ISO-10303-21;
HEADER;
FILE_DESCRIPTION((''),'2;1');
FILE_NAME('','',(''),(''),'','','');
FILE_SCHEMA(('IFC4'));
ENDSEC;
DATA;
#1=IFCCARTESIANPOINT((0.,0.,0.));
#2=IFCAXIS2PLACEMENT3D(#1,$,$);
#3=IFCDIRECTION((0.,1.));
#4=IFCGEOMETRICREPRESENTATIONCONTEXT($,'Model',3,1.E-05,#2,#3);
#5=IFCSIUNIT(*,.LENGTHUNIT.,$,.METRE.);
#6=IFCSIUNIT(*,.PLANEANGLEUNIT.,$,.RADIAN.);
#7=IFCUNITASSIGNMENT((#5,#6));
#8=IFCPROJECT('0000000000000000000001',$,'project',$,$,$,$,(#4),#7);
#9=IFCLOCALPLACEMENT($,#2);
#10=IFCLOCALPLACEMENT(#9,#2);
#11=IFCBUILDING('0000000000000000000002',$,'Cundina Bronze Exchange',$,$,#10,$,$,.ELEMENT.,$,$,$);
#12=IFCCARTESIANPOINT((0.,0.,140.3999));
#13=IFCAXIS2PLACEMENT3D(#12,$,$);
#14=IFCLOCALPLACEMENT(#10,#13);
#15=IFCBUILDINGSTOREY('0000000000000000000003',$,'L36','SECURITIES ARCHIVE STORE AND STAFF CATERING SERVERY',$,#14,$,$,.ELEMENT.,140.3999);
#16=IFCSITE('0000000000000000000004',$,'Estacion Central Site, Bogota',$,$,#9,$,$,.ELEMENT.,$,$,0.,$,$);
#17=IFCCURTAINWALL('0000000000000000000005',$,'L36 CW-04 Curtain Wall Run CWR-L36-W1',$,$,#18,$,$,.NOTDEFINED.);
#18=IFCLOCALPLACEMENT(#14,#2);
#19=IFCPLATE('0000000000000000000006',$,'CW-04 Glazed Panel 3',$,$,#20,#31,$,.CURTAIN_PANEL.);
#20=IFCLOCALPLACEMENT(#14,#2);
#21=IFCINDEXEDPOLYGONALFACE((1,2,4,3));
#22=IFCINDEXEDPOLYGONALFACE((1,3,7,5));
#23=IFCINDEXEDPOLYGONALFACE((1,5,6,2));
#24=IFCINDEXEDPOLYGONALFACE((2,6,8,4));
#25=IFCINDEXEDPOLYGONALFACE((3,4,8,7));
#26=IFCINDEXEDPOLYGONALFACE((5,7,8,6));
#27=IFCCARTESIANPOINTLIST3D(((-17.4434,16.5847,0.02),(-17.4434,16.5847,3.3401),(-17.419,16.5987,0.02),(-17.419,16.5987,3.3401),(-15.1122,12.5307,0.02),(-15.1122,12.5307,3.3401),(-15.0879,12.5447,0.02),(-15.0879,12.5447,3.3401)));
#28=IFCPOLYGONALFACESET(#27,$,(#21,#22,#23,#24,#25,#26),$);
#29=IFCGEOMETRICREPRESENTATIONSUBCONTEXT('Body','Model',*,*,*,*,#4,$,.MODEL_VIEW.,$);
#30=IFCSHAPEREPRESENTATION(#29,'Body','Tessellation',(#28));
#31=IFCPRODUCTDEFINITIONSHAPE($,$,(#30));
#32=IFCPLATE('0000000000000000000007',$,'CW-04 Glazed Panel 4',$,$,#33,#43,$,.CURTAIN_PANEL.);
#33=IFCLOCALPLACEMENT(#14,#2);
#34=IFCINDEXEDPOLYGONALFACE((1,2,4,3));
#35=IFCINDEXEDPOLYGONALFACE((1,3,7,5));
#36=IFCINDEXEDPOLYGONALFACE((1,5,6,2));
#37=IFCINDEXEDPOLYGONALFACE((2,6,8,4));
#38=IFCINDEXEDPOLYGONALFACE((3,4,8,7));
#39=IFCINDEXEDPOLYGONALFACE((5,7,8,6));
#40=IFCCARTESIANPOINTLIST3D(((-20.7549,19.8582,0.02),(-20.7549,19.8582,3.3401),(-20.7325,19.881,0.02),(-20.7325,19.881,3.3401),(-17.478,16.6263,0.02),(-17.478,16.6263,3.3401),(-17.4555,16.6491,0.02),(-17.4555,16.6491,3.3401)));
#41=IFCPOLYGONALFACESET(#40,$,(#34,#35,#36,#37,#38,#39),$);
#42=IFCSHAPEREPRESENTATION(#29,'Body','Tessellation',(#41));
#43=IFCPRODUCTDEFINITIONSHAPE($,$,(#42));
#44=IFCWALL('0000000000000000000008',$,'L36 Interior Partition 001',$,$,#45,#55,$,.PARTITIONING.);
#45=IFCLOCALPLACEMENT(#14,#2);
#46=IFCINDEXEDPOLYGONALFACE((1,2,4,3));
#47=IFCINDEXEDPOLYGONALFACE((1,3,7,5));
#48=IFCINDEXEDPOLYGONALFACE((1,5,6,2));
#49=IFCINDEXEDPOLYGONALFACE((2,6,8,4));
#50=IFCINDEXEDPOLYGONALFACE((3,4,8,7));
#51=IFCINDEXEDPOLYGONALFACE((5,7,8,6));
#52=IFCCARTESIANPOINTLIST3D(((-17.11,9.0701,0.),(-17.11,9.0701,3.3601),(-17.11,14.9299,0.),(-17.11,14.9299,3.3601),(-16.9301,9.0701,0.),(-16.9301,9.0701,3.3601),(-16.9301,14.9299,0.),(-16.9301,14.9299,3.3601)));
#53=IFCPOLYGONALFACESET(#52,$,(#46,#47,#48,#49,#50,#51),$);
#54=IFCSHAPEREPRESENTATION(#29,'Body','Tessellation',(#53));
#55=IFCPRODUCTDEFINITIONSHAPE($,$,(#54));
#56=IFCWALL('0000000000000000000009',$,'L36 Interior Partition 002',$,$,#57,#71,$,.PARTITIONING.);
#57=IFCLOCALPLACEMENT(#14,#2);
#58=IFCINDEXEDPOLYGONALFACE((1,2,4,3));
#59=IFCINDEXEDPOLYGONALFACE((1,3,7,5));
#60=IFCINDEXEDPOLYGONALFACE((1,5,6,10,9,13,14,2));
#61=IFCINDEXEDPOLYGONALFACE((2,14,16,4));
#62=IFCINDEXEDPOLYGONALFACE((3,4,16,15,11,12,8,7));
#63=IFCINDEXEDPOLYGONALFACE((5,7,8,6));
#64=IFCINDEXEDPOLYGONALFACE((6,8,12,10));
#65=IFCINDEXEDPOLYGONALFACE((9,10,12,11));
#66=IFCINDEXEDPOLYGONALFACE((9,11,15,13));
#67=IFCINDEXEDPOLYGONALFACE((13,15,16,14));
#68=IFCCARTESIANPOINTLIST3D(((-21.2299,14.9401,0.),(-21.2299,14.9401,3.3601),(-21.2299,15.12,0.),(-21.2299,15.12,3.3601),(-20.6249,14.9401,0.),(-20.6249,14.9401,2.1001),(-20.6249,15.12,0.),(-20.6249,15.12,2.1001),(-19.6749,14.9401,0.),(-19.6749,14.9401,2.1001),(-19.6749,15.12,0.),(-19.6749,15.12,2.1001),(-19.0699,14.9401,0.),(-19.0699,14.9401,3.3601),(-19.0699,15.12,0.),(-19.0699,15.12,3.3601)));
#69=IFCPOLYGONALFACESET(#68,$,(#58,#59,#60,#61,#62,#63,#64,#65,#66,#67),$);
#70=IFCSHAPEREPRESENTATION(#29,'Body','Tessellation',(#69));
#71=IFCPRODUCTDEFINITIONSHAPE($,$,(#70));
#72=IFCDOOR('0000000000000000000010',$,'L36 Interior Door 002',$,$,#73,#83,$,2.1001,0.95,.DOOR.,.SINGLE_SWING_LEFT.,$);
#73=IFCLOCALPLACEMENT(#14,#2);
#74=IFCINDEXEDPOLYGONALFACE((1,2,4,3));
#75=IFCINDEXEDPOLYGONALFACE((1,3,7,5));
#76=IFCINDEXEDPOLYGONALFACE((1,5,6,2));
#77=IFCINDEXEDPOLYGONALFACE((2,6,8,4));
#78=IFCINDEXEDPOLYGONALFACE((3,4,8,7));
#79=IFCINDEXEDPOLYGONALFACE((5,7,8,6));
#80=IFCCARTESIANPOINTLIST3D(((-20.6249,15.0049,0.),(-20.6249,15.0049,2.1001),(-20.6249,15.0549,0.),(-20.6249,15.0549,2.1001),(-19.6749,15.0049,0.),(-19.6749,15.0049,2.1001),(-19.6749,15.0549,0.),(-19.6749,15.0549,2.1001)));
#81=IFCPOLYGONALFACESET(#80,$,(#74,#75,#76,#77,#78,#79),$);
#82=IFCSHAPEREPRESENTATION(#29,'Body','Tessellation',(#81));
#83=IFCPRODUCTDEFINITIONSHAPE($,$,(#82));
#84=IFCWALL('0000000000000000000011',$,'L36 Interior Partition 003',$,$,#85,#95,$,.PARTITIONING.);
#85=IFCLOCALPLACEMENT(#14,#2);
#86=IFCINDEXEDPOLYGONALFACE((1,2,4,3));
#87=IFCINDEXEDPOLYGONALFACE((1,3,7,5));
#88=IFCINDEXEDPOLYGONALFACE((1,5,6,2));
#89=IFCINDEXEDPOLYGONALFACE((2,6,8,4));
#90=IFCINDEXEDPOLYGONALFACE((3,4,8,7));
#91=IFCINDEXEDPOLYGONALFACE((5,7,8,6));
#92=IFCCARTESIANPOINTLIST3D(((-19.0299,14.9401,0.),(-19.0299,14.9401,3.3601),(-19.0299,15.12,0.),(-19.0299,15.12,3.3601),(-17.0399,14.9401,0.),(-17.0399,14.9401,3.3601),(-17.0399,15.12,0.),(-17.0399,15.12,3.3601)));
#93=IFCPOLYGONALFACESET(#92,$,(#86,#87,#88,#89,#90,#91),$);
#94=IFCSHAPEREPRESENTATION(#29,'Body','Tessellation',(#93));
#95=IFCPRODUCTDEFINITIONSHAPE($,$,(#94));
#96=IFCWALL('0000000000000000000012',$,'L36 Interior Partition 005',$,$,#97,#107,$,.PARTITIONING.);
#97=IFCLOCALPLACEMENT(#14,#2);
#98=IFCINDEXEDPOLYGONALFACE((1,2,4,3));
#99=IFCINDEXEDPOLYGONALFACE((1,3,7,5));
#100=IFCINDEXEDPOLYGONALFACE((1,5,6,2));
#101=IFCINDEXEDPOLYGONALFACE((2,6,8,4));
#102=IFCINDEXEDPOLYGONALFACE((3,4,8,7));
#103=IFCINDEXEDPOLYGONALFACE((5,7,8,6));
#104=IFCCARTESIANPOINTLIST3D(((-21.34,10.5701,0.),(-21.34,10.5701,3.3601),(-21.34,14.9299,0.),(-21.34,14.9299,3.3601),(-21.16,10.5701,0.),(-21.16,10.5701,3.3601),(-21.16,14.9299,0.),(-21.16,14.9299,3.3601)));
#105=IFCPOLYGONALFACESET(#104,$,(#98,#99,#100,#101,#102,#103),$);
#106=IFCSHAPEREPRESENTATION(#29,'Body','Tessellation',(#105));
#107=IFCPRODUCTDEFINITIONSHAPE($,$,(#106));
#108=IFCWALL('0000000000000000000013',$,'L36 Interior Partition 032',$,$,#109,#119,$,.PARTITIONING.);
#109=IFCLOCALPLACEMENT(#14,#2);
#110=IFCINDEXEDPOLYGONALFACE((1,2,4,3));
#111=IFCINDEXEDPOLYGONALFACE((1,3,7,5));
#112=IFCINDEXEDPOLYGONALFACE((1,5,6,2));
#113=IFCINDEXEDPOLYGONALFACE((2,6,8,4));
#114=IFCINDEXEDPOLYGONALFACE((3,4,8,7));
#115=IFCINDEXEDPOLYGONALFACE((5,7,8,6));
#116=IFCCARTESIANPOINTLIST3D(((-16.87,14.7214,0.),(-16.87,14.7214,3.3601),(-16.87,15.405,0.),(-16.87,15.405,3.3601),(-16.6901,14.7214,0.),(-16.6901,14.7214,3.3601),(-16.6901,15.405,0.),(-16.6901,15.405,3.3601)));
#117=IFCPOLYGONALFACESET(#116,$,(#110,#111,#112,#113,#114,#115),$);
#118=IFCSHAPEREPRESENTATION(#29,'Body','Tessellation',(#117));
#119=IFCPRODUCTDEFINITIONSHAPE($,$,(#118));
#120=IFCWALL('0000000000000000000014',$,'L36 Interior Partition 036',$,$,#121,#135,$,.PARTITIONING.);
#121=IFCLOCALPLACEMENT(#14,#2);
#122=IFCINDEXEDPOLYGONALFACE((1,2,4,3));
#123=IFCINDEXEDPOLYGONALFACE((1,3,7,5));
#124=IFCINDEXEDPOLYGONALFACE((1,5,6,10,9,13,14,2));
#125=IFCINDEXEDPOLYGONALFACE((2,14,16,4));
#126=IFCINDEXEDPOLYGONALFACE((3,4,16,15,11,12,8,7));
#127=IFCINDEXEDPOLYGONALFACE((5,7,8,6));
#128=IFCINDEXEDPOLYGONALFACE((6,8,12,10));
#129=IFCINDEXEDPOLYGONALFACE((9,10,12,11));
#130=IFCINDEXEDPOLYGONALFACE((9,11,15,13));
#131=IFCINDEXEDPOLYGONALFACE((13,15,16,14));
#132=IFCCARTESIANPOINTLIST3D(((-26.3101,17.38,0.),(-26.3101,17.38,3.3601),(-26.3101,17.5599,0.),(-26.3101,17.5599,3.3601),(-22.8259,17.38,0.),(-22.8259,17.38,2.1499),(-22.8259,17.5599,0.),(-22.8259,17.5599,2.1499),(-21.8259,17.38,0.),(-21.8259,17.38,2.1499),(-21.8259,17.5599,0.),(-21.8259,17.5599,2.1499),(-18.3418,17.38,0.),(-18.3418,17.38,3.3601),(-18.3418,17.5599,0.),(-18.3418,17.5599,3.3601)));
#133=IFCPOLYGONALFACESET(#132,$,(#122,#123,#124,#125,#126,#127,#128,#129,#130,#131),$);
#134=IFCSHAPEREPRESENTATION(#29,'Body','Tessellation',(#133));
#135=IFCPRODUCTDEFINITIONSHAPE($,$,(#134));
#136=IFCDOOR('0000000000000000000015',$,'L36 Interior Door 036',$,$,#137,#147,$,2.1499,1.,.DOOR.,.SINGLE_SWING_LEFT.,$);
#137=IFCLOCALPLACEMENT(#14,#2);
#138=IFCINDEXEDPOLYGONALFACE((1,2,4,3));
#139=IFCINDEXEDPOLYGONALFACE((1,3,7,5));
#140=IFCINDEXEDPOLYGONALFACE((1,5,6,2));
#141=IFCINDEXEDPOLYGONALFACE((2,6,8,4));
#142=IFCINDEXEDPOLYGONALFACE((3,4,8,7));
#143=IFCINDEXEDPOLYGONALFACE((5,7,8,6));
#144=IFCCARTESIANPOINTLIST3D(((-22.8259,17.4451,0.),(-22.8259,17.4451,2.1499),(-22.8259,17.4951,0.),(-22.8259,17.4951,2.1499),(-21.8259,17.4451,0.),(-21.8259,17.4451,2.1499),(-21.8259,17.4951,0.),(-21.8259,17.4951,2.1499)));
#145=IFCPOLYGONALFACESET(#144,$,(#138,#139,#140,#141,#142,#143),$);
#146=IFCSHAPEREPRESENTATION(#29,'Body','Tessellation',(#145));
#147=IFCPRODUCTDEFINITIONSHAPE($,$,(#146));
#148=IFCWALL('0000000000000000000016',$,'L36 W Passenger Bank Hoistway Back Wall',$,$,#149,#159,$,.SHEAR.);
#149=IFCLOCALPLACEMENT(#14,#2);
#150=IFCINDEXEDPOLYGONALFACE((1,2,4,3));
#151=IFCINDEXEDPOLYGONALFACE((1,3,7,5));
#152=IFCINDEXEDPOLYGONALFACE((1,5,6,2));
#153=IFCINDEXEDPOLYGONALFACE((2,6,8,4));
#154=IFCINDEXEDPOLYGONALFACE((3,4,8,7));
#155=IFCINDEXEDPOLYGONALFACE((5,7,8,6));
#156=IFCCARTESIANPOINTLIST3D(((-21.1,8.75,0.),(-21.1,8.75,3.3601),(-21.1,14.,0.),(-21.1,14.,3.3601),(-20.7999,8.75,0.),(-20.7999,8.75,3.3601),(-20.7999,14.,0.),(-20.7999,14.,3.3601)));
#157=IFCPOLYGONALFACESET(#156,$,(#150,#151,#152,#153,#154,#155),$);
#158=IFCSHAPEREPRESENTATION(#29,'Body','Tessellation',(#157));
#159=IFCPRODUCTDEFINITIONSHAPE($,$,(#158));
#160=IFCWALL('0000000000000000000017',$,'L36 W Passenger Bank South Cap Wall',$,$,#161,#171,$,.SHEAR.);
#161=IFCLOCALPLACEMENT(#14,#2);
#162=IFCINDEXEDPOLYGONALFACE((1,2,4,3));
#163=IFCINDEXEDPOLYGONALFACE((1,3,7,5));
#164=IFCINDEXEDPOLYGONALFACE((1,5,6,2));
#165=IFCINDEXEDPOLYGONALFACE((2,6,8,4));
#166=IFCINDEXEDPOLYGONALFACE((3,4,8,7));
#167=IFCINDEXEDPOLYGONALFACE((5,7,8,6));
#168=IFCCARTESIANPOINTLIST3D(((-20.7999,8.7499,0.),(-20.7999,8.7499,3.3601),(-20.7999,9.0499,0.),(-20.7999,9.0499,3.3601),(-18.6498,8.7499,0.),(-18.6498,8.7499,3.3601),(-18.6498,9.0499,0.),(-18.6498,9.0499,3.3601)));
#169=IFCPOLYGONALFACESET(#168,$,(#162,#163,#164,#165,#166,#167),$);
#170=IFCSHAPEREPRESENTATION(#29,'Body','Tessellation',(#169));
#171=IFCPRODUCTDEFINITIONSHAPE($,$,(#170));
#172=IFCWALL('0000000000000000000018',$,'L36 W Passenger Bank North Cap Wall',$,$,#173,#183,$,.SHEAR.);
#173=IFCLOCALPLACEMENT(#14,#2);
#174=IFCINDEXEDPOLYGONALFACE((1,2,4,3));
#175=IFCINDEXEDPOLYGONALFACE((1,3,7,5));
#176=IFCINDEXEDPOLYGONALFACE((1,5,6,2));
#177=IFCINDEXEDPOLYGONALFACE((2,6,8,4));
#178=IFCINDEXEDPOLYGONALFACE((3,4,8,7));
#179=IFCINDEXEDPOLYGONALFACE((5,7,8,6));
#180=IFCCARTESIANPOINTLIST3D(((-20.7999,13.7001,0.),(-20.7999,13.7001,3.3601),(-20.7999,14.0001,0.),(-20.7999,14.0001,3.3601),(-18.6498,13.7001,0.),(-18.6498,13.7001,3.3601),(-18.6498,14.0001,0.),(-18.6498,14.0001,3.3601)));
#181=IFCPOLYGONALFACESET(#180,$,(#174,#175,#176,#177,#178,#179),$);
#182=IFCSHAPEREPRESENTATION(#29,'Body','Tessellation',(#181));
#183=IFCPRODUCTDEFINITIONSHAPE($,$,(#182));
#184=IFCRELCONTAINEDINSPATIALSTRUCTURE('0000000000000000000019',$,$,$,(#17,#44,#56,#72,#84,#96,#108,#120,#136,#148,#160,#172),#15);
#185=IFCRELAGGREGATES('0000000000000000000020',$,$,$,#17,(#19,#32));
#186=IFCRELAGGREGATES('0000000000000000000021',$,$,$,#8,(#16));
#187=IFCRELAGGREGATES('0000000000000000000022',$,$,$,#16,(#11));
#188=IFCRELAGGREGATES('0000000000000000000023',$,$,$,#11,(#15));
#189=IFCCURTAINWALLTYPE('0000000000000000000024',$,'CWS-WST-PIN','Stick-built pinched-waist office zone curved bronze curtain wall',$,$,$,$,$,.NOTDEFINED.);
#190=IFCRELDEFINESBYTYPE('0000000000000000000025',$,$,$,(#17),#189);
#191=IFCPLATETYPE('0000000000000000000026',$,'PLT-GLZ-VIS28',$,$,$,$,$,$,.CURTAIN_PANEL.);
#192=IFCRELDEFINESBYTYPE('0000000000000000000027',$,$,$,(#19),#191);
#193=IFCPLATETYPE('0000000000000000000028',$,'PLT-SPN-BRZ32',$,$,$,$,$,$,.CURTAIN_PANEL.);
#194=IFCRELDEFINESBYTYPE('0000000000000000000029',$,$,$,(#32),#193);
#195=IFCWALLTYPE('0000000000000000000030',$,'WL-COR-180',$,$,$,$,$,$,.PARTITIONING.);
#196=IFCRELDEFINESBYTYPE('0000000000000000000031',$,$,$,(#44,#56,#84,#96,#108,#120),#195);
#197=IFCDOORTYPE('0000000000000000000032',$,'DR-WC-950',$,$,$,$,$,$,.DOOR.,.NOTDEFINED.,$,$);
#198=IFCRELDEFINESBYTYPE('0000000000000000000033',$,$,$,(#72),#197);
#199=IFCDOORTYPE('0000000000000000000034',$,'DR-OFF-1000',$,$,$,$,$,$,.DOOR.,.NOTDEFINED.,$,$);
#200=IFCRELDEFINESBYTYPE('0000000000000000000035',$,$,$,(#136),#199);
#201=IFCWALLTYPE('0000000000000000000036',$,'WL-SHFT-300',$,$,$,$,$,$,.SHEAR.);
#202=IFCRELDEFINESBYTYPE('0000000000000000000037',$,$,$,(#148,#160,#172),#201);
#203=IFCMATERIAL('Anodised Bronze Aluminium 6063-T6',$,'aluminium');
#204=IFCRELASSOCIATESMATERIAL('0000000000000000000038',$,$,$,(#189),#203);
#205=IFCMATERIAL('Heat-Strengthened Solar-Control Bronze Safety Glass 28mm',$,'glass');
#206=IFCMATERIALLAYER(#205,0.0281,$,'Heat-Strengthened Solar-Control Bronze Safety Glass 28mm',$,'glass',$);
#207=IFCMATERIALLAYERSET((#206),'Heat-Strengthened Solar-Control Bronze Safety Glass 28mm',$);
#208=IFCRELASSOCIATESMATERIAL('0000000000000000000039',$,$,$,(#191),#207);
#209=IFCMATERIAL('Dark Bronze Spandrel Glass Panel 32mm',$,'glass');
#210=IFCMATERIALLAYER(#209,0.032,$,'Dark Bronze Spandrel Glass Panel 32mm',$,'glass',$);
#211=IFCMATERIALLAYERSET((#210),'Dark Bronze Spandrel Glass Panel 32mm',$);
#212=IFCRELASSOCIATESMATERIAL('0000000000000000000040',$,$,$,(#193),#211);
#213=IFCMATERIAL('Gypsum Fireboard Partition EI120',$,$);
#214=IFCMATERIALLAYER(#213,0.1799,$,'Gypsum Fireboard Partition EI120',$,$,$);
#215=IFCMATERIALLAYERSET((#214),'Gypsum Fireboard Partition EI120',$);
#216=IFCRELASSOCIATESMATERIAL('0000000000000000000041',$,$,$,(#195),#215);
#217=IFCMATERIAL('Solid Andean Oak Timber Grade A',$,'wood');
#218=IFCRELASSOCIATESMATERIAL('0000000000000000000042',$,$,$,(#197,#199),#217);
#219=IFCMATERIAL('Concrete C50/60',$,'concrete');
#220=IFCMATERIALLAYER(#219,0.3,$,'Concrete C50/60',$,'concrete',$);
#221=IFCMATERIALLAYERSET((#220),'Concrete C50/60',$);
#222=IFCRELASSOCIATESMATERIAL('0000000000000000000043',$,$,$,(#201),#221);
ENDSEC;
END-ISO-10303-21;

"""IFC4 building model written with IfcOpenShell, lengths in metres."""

from ifc_helpers import new_model, si_unit, direction, frame, frame_2d, origin, origin_2d, place, context, subcontext, project, spatial, rectangle, extrude, material, layer, layer_set, type_object, element, fill, aggregate, save


model = new_model("IFC4")

# Units and contexts
model_context = context("Model", 3, precision=1e-05, world=origin(), true_north=direction((0.0, 1.0)))
body_context = subcontext(model_context, "Body", "Model", "MODEL_VIEW")
ifc_project = project(units=[si_unit("LENGTHUNIT", "METRE"), si_unit("PLANEANGLEUNIT", "RADIAN")], contexts=[model_context])

# Site, building, storey
site_placement = place(None, origin())
site = spatial("IfcSite", under=ifc_project, at=site_placement, Name="Estacion Central Site, Bogota", CompositionType="ELEMENT", RefElevation=0.0)
building_placement = place(site_placement, origin())
building = spatial("IfcBuilding", under=site, at=building_placement, Name="Cundina Bronze Exchange", CompositionType="ELEMENT")
storey_placement = place(building_placement, frame((0.0, 0.0, 140.3999)))
storey = spatial("IfcBuildingStorey", under=building, at=storey_placement, Name="L36", Description="SECURITIES ARCHIVE STORE AND STAFF CATERING SERVERY", CompositionType="ELEMENT", Elevation=140.3999)

# Shared definitions
ifc_material_1 = material(Name="Concrete C50/60", Category="concrete")

# Curtain wall, plates
ifc_material_2 = material(Name="Anodised Bronze Aluminium 6063-T6", Category="aluminium")
curtain_wall_type = type_object("IfcCurtainWallType", Name="CWS-WST-PIN", Description="Stick-built pinched-waist office zone curved bronze curtain wall", PredefinedType="NOTDEFINED", material=ifc_material_2)
curtain_wall_placement = place(storey_placement, origin())
curtain_wall = element("IfcCurtainWall", 1, at=curtain_wall_placement, inside=storey, type_object=curtain_wall_type, Name="L36 CW-04 Curtain Wall Run CWR-L36-W1", PredefinedType="NOTDEFINED")
ifc_material_3 = material(Name="Heat-Strengthened Solar-Control Bronze Safety Glass 28mm", Category="glass")
ifc_layer_1 = layer(ifc_material_3, 0.0281, Name="Heat-Strengthened Solar-Control Bronze Safety Glass 28mm", Category="glass")
ifc_layer_set_1 = layer_set([ifc_layer_1], Name="Heat-Strengthened Solar-Control Bronze Safety Glass 28mm")
plate_type_1 = type_object("IfcPlateType", Name="PLT-GLZ-VIS28", PredefinedType="CURTAIN_PANEL", material=ifc_layer_set_1)
plate_1_placement = place(storey_placement, frame((-16.2656, 14.5647, 0.02), z_axis=(0.0, 0.0, 1.0), x_axis=(-0.498488, 0.866897, 0.0)))
plate_1 = element("IfcPlate", 2, at=plate_1_placement, type_object=plate_type_1, Name="CW-04 Glazed Panel 3", PredefinedType="CURTAIN_PANEL", context=body_context, shape_type="SweptSolid", body=[
    extrude(rectangle(XDim=4.6765, YDim=0.0281, at=origin_2d()), origin(), (0.0, 0.0, 1.0), 3.3201),
])
ifc_material_4 = material(Name="Dark Bronze Spandrel Glass Panel 32mm", Category="glass")
ifc_layer_2 = layer(ifc_material_4, 0.032, Name="Dark Bronze Spandrel Glass Panel 32mm", Category="glass")
ifc_layer_set_2 = layer_set([ifc_layer_2], Name="Dark Bronze Spandrel Glass Panel 32mm")
plate_type_2 = type_object("IfcPlateType", Name="PLT-SPN-BRZ32", PredefinedType="CURTAIN_PANEL", material=ifc_layer_set_2)
plate_2_placement = place(storey_placement, frame((-19.1052, 18.2537, 0.02), z_axis=(0.0, 0.0, 1.0), x_axis=(-0.711989, 0.70219, 0.0)))
plate_2 = element("IfcPlate", 3, at=plate_2_placement, type_object=plate_type_2, Name="CW-04 Glazed Panel 4", PredefinedType="CURTAIN_PANEL", context=body_context, shape_type="SweptSolid", body=[
    extrude(rectangle(XDim=4.6025, YDim=0.032, at=origin_2d()), origin(), (0.0, 0.0, 1.0), 3.3201),
])
aggregate(curtain_wall, [plate_1, plate_2])

# Wall
ifc_material_5 = material(Name="Gypsum Fireboard Partition EI120")
ifc_layer_3 = layer(ifc_material_5, 0.1799, Name="Gypsum Fireboard Partition EI120")
ifc_layer_set_3 = layer_set([ifc_layer_3], Name="Gypsum Fireboard Partition EI120")
wall_type_1 = type_object("IfcWallType", Name="WL-COR-180", PredefinedType="PARTITIONING", material=ifc_layer_set_3)
wall_1_placement = place(storey_placement, frame((-17.02, 9.0701, 0.0), z_axis=(0.0, 0.0, 1.0), x_axis=(0.0, 1.0, 0.0)))
element("IfcWall", 4, at=wall_1_placement, inside=storey, type_object=wall_type_1, Name="L36 Interior Partition 001", PredefinedType="PARTITIONING", context=body_context, shape_type="SweptSolid", body=[
    extrude(rectangle(XDim=5.8599, YDim=0.1799, at=frame_2d((2.9299, 0.0))), origin(), (0.0, 0.0, 1.0), 3.3601),
])

# Wall, opening, door
wall_2_placement = place(storey_placement, frame((-21.23, 15.03, 0.0), z_axis=(0.0, 0.0, 1.0), x_axis=(1.0, 0.0, 0.0)))
wall_2 = element("IfcWall", 5, at=wall_2_placement, inside=storey, type_object=wall_type_1, Name="L36 Interior Partition 002", PredefinedType="PARTITIONING", context=body_context, shape_type="SweptSolid", body=[
    extrude(rectangle(XDim=2.1599, YDim=0.1799, at=frame_2d((1.0801, 0.0))), origin(), (0.0, 0.0, 1.0), 3.3601),
])
opening_1_placement = place(wall_2_placement, frame((0.605, 0.0, 0.0)))
opening_1 = element("IfcOpeningElement", 6, at=opening_1_placement, cuts=wall_2, PredefinedType="OPENING", context=body_context, shape_type="SweptSolid", body=[
    extrude(rectangle(XDim=0.95, YDim=2.1001, at=frame_2d((0.4751, 1.05))), frame((0.0, 0.0999, 0.0), z_axis=(0.0, -1.0, 0.0), x_axis=(1.0, 0.0, 0.0)), (0.0, 0.0, 1.0), 0.2),
])
ifc_material_6 = material(Name="Solid Andean Oak Timber Grade A", Category="wood")
door_type_1 = type_object("IfcDoorType", Name="DR-WC-950", OperationType="NOTDEFINED", PredefinedType="DOOR", material=ifc_material_6)
door_1_placement = place(opening_1_placement, origin())
door_1 = element("IfcDoor", 7, at=door_1_placement, inside=storey, type_object=door_type_1, Name="L36 Interior Door 002", OperationType="SINGLE_SWING_LEFT", OverallHeight=2.1001, OverallWidth=0.95, PredefinedType="DOOR", context=body_context, shape_type="SweptSolid", body=[
    extrude(rectangle(XDim=0.95, YDim=2.1001, at=frame_2d((0.4751, 1.05))), frame((0.0, 0.0249, 0.0), z_axis=(0.0, -1.0, 0.0), x_axis=(1.0, 0.0, 0.0)), (0.0, 0.0, 1.0), 0.05),
])
fill(opening_1, door_1)

# Walls
wall_3_placement = place(storey_placement, frame((-19.03, 15.03, 0.0), z_axis=(0.0, 0.0, 1.0), x_axis=(1.0, 0.0, 0.0)))
element("IfcWall", 8, at=wall_3_placement, inside=storey, type_object=wall_type_1, Name="L36 Interior Partition 003", PredefinedType="PARTITIONING", context=body_context, shape_type="SweptSolid", body=[
    extrude(rectangle(XDim=1.99, YDim=0.1799, at=frame_2d((0.9951, 0.0))), origin(), (0.0, 0.0, 1.0), 3.3601),
])
wall_4_placement = place(storey_placement, frame((-21.25, 10.5701, 0.0), z_axis=(0.0, 0.0, 1.0), x_axis=(0.0, 1.0, 0.0)))
element("IfcWall", 9, at=wall_4_placement, inside=storey, type_object=wall_type_1, Name="L36 Interior Partition 005", PredefinedType="PARTITIONING", context=body_context, shape_type="SweptSolid", body=[
    extrude(rectangle(XDim=4.3599, YDim=0.1799, at=frame_2d((2.1799, 0.0))), origin(), (0.0, 0.0, 1.0), 3.3601),
])
wall_5_placement = place(storey_placement, frame((-16.78, 14.7214, 0.0), z_axis=(0.0, 0.0, 1.0), x_axis=(0.0, 1.0, 0.0)))
element("IfcWall", 10, at=wall_5_placement, inside=storey, type_object=wall_type_1, Name="L36 Interior Partition 032", PredefinedType="PARTITIONING", context=body_context, shape_type="SweptSolid", body=[
    extrude(rectangle(XDim=0.6836, YDim=0.1799, at=frame_2d((0.3418, 0.0))), origin(), (0.0, 0.0, 1.0), 3.3601),
])

# Wall, opening, door
wall_6_placement = place(storey_placement, frame((-18.3418, 17.47, 0.0), z_axis=(0.0, 0.0, 1.0), x_axis=(-1.0, 0.0, 0.0)))
wall_6 = element("IfcWall", 11, at=wall_6_placement, inside=storey, type_object=wall_type_1, Name="L36 Interior Partition 036", PredefinedType="PARTITIONING", context=body_context, shape_type="SweptSolid", body=[
    extrude(rectangle(XDim=7.9683, YDim=0.1799, at=frame_2d((3.9841, 0.0))), origin(), (0.0, 0.0, 1.0), 3.3601),
])
opening_2_placement = place(wall_6_placement, frame((3.4841, 0.0, 0.0)))
opening_2 = element("IfcOpeningElement", 12, at=opening_2_placement, cuts=wall_6, PredefinedType="OPENING", context=body_context, shape_type="SweptSolid", body=[
    extrude(rectangle(XDim=1.0, YDim=2.1499, at=frame_2d((0.5, 1.075))), frame((0.0, 0.0999, 0.0), z_axis=(0.0, -1.0, 0.0), x_axis=(1.0, 0.0, 0.0)), (0.0, 0.0, 1.0), 0.2),
])
door_type_2 = type_object("IfcDoorType", Name="DR-OFF-1000", OperationType="NOTDEFINED", PredefinedType="DOOR", material=ifc_material_6)
door_2_placement = place(opening_2_placement, origin())
door_2 = element("IfcDoor", 13, at=door_2_placement, inside=storey, type_object=door_type_2, Name="L36 Interior Door 036", OperationType="SINGLE_SWING_LEFT", OverallHeight=2.1499, OverallWidth=1.0, PredefinedType="DOOR", context=body_context, shape_type="SweptSolid", body=[
    extrude(rectangle(XDim=1.0, YDim=2.1499, at=frame_2d((0.5, 1.075))), frame((0.0, 0.0249, 0.0), z_axis=(0.0, -1.0, 0.0), x_axis=(1.0, 0.0, 0.0)), (0.0, 0.0, 1.0), 0.05),
])
fill(opening_2, door_2)

# Walls
ifc_layer_4 = layer(ifc_material_1, 0.3, Name="Concrete C50/60", Category="concrete")
ifc_layer_set_4 = layer_set([ifc_layer_4], Name="Concrete C50/60")
wall_type_2 = type_object("IfcWallType", Name="WL-SHFT-300", PredefinedType="SHEAR", material=ifc_layer_set_4)
wall_7_placement = place(storey_placement, frame((-20.95, 8.75, 0.0), z_axis=(0.0, 0.0, 1.0), x_axis=(0.0, 1.0, 0.0)))
element("IfcWall", 14, at=wall_7_placement, inside=storey, type_object=wall_type_2, Name="L36 W Passenger Bank Hoistway Back Wall", PredefinedType="SHEAR", context=body_context, shape_type="SweptSolid", body=[
    extrude(rectangle(XDim=5.25, YDim=0.3, at=frame_2d((2.625, 0.0))), origin(), (0.0, 0.0, 1.0), 3.3601),
])
for number, where, z_axis, x_axis, name in (
    (15, (-20.8, 8.8999, 0.0), (0.0, 0.0, 1.0), (1.0, 0.0, 0.0), "L36 W Passenger Bank South Cap Wall"),
    (16, (-20.8, 13.8501, 0.0), (0.0, 0.0, 1.0), (1.0, 0.0, 0.0), "L36 W Passenger Bank North Cap Wall"),
):
    element("IfcWall", number, at=place(storey_placement, frame(where, z_axis=z_axis, x_axis=x_axis)), inside=storey, type_object=wall_type_2, Name=name, PredefinedType="SHEAR", context=body_context, shape_type="SweptSolid", body=[
        extrude(rectangle(XDim=2.1501, YDim=0.3, at=frame_2d((1.0752, 0.0))), origin(), (0.0, 0.0, 1.0), 3.3601),
    ])

save(model, "model.ifc")
